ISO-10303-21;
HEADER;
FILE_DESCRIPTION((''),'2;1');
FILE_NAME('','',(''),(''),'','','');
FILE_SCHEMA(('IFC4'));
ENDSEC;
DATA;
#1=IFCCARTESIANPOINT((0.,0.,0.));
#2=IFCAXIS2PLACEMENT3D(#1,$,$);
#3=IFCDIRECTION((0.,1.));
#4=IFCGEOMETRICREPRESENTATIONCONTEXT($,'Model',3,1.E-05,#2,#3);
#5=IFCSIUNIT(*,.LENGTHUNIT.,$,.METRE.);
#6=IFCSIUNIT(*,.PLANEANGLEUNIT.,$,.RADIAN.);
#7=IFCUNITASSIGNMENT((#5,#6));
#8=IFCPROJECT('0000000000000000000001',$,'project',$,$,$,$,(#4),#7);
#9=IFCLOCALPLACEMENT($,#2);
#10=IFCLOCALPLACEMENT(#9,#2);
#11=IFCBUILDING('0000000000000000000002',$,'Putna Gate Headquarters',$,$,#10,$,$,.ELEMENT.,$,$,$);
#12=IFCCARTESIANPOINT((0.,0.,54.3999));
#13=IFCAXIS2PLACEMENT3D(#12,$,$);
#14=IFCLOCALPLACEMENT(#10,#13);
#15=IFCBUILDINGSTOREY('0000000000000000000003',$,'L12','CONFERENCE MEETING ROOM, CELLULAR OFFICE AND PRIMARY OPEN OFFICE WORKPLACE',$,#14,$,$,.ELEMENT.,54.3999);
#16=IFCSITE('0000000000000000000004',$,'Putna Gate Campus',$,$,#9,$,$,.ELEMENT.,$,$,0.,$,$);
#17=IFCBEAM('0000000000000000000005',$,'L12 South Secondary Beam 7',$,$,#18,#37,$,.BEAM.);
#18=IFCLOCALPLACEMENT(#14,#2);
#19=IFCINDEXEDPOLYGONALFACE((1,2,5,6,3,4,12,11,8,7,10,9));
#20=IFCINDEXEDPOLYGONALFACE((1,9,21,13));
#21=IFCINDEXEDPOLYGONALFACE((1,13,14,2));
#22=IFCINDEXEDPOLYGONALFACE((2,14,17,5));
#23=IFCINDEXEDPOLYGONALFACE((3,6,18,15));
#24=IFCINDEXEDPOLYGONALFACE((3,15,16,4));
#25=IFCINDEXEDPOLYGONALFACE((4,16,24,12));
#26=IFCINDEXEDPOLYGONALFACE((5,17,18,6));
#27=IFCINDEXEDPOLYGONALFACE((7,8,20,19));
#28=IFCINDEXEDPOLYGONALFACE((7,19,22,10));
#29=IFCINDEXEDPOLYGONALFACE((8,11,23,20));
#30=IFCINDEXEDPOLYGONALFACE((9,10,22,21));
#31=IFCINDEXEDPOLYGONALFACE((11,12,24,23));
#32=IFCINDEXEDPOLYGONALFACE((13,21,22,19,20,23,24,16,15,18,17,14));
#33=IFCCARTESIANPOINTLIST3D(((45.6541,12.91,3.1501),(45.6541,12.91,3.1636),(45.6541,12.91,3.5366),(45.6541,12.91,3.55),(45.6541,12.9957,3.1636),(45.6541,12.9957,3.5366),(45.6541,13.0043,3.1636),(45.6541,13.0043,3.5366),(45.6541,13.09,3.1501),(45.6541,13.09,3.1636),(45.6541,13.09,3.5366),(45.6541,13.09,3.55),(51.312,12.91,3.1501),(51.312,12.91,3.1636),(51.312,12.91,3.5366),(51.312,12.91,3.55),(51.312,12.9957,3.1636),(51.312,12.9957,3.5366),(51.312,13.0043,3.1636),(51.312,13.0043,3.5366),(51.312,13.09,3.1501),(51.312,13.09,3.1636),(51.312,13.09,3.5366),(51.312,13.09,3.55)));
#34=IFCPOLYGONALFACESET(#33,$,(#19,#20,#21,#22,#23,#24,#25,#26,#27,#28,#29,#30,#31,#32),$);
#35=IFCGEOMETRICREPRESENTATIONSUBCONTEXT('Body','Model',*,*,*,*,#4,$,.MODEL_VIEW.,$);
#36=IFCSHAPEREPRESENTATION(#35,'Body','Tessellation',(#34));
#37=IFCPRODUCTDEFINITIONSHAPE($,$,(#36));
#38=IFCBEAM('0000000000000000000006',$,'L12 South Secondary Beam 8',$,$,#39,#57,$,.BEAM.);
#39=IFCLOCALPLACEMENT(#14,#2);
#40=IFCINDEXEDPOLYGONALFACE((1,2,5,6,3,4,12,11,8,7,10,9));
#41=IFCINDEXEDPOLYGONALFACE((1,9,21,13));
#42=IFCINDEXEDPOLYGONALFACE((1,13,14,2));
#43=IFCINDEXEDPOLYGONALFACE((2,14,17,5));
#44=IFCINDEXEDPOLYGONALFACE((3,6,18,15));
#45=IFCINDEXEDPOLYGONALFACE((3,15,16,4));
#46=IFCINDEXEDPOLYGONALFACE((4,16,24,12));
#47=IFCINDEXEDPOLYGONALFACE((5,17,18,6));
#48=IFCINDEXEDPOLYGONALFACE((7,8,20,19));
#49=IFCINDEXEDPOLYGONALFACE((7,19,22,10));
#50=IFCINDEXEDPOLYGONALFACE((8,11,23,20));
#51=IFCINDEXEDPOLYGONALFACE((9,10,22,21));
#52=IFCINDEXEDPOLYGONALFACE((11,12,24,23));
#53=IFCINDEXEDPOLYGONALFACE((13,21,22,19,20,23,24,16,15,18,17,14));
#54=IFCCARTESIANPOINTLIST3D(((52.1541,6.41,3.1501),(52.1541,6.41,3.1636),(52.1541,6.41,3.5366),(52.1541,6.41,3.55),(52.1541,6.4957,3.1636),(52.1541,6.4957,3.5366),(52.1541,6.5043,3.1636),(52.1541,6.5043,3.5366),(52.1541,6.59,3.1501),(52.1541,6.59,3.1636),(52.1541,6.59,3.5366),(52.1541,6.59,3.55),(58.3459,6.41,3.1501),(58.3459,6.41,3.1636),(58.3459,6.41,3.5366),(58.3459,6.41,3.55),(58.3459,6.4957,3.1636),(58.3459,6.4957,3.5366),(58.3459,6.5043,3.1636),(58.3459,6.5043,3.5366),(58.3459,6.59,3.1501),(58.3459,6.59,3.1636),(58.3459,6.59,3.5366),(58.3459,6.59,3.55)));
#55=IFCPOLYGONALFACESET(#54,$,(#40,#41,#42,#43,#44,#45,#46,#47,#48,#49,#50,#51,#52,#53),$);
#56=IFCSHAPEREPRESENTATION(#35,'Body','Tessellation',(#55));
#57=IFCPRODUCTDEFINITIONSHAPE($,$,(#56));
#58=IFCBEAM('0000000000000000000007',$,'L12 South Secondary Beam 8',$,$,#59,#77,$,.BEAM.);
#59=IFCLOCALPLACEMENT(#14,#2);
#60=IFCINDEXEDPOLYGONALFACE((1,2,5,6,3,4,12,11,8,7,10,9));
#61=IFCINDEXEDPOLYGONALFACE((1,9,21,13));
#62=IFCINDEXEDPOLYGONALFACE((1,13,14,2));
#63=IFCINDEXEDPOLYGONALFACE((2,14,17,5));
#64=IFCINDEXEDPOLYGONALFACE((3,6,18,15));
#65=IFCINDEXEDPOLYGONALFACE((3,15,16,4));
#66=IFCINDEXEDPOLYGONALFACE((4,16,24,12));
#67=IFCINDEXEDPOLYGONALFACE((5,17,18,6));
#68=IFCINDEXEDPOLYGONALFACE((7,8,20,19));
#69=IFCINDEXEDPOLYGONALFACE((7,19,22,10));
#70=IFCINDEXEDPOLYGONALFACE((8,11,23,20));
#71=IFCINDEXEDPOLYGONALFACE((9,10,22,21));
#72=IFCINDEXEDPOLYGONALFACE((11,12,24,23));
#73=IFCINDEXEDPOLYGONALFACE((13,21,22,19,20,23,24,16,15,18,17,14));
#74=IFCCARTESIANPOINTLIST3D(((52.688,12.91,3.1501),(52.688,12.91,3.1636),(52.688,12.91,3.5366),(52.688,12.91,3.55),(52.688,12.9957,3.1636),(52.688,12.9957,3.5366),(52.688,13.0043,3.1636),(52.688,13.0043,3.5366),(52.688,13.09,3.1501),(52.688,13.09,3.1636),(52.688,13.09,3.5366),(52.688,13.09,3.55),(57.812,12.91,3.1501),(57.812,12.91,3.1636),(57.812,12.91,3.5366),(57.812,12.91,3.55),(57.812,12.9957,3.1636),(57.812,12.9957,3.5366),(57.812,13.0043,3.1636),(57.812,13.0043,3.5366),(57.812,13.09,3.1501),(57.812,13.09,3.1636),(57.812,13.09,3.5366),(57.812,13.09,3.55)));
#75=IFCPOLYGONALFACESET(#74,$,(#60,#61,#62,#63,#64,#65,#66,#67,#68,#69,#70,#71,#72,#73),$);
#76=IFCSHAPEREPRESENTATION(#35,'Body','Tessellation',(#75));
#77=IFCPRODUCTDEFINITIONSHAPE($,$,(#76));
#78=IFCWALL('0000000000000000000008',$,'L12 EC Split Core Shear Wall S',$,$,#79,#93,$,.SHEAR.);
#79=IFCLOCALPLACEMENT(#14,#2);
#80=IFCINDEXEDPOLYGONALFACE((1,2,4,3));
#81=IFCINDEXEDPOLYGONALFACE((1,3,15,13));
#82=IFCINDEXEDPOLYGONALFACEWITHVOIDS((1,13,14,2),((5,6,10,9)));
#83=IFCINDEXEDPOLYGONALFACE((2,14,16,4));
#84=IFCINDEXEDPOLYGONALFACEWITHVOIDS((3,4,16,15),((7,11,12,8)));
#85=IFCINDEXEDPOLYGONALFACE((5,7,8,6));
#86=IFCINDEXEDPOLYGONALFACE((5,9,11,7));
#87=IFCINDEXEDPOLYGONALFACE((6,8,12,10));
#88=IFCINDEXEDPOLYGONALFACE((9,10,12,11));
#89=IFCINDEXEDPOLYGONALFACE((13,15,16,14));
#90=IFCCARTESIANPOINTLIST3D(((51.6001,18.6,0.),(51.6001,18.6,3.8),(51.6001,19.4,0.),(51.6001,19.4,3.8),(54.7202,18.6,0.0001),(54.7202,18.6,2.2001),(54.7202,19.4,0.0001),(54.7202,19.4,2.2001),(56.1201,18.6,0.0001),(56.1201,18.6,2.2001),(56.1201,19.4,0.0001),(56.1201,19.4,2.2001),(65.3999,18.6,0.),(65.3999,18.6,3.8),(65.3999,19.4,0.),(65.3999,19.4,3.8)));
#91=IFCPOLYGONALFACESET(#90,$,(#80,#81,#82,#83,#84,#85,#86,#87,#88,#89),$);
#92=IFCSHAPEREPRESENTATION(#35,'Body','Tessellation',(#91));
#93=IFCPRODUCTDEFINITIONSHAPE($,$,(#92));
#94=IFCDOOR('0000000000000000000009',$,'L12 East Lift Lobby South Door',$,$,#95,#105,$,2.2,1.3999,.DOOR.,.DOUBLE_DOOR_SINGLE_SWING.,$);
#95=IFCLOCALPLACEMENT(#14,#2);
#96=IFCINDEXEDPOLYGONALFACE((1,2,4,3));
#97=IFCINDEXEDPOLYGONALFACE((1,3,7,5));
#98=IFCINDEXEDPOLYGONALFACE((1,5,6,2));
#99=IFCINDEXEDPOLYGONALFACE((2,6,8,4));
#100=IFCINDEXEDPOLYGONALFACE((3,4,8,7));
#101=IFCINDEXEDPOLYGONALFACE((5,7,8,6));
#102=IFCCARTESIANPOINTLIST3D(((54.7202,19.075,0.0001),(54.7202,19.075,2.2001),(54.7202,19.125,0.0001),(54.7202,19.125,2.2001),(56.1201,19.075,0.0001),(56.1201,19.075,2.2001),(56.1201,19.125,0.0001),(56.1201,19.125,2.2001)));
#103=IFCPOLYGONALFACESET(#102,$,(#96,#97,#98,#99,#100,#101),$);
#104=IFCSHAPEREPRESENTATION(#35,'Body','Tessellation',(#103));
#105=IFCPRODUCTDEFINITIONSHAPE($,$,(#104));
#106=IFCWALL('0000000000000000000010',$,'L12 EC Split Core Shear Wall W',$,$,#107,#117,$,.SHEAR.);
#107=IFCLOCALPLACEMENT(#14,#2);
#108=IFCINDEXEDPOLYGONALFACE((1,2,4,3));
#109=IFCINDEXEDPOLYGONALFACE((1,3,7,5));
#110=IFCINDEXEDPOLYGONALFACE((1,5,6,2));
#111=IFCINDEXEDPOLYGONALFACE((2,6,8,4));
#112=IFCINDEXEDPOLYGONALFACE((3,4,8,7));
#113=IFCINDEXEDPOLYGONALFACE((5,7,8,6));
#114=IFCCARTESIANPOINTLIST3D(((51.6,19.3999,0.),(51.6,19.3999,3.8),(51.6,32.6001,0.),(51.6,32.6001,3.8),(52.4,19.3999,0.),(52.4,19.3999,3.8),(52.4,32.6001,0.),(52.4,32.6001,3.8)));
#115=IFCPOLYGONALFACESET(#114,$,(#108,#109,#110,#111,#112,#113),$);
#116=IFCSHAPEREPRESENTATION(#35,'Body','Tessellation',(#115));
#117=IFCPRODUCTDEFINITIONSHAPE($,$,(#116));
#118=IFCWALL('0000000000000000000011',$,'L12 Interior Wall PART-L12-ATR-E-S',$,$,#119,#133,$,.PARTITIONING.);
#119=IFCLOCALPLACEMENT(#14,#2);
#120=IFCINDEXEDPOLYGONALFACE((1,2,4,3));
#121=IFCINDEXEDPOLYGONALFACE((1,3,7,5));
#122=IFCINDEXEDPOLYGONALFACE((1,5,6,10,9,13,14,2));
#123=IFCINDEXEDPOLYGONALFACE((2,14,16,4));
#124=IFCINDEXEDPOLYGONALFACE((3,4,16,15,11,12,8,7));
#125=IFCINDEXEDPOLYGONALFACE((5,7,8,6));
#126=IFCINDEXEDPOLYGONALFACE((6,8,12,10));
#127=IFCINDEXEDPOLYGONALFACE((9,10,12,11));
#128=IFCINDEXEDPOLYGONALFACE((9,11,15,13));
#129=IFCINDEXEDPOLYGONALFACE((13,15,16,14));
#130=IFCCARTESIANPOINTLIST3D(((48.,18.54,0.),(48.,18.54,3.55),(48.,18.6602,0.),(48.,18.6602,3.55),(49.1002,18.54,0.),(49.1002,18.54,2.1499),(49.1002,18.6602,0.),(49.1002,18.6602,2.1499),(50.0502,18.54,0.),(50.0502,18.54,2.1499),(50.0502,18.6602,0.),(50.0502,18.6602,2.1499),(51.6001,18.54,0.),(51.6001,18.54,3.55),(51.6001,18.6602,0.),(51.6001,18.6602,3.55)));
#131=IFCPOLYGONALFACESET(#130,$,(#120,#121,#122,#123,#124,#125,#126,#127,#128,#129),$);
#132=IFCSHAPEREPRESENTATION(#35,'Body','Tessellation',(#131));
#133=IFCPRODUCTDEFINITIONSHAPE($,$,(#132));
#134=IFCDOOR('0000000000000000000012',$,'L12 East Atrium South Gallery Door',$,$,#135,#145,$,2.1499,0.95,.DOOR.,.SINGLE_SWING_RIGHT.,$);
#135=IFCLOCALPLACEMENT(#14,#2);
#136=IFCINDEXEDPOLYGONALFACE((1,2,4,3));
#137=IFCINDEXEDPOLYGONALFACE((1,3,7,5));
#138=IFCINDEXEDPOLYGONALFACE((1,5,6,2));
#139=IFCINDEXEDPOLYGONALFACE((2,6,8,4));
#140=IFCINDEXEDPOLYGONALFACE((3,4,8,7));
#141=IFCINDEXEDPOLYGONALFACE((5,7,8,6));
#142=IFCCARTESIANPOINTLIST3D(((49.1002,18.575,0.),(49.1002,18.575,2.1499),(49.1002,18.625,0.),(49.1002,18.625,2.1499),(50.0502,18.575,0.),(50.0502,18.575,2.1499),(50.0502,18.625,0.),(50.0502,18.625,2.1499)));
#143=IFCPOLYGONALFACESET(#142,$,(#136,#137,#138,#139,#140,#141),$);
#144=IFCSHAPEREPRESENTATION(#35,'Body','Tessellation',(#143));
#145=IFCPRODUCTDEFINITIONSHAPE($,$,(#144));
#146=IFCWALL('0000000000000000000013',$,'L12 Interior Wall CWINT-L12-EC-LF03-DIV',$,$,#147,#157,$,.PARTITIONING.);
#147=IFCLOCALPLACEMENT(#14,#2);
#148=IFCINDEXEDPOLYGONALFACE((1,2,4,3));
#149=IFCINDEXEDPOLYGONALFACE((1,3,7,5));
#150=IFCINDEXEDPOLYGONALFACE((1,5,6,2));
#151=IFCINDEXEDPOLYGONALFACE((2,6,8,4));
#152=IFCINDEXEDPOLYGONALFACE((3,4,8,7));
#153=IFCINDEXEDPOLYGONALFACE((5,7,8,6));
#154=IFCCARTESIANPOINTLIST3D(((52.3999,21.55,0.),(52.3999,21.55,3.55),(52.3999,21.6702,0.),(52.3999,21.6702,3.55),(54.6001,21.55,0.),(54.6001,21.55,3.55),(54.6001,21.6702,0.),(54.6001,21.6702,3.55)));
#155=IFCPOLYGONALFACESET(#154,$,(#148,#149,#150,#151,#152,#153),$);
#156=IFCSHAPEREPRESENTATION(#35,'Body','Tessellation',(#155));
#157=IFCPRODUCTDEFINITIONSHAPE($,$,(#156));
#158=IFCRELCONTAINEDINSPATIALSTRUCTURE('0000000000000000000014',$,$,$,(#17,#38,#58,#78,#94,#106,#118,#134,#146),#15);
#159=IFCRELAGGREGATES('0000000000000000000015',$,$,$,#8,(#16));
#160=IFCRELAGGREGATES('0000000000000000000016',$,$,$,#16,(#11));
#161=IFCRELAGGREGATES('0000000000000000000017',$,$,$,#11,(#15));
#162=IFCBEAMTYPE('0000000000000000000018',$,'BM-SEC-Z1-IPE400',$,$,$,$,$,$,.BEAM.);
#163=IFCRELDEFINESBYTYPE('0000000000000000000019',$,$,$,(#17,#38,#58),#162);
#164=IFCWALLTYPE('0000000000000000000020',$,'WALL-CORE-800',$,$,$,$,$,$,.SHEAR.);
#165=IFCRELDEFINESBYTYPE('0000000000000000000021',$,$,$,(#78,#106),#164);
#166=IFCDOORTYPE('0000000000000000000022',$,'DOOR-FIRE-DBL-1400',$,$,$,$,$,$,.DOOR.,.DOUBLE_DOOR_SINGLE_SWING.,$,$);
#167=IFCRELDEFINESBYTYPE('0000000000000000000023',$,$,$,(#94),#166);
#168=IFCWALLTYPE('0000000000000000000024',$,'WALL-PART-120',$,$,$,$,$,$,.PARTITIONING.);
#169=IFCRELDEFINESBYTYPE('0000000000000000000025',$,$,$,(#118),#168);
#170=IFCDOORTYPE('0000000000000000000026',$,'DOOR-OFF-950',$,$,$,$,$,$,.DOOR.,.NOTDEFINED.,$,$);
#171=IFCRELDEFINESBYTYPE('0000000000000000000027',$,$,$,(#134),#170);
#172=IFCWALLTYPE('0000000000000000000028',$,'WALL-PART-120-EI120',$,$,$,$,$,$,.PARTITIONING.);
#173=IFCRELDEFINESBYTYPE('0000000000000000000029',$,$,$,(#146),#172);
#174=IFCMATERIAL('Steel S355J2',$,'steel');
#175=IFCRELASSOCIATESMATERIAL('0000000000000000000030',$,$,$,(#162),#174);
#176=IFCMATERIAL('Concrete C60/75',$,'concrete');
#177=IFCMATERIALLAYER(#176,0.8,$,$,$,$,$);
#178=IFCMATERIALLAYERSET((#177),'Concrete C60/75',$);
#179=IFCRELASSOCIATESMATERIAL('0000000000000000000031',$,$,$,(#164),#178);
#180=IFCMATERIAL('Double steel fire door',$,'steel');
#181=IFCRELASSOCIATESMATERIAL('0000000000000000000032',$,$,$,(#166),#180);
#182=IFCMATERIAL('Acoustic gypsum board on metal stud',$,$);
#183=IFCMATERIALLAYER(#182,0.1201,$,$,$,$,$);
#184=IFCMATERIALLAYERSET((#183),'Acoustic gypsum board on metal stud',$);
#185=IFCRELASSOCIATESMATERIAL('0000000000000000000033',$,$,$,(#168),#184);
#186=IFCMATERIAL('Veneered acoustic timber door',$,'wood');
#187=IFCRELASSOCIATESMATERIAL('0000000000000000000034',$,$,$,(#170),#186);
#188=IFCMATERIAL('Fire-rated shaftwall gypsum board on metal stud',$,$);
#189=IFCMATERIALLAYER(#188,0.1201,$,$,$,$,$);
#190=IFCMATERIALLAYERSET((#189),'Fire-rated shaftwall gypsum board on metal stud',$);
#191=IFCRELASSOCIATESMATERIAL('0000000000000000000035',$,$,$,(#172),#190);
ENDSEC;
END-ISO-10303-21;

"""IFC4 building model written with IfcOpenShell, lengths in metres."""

from ifc_helpers import new_model, si_unit, direction, frame, frame_2d, origin, origin_2d, place, context, subcontext, project, spatial, rectangle, i_section, extrude, material, layer, layer_set, material_profile, profile_set, type_object, element, fill, save


model = new_model("IFC4")

# Units and contexts
model_context = context("Model", 3, precision=1e-05, world=origin(), true_north=direction((0.0, 1.0)))
body_context = subcontext(model_context, "Body", "Model", "MODEL_VIEW")
ifc_project = project(units=[si_unit("LENGTHUNIT", "METRE"), si_unit("PLANEANGLEUNIT", "RADIAN")], contexts=[model_context])

# Site, building, storey
site_placement = place(None, origin())
site = spatial("IfcSite", under=ifc_project, at=site_placement, Name="Putna Gate Campus", CompositionType="ELEMENT", RefElevation=0.0)
building_placement = place(site_placement, origin())
building = spatial("IfcBuilding", under=site, at=building_placement, Name="Putna Gate Headquarters", CompositionType="ELEMENT")
storey_placement = place(building_placement, frame((0.0, 0.0, 54.3999)))
storey = spatial("IfcBuildingStorey", under=building, at=storey_placement, Name="L12", Description="CONFERENCE MEETING ROOM, CELLULAR OFFICE AND PRIMARY OPEN OFFICE WORKPLACE", CompositionType="ELEMENT", Elevation=54.3999)

# Shared definitions
ifc_material_1 = material(Name="Concrete C60/75", Category="concrete")

# Beams
ifc_material_2 = material(Name="Steel S355J2", Category="steel")
ifc_material_profile_1 = material_profile(ifc_material_2, i_section(OverallWidth=0.1799, OverallDepth=0.3999, WebThickness=0.0085, FlangeThickness=0.0134, at=origin_2d()), Name="Steel S355J2")
ifc_profile_set_1 = profile_set([ifc_material_profile_1], Name="Steel S355J2")
beam_type_1 = type_object("IfcBeamType", Name="BM-SEC-Z1-IPE400", PredefinedType="BEAM", material=ifc_profile_set_1)
beam_1_placement = place(storey_placement, frame((45.6541, 13.0, 3.3501), z_axis=(1.0, 0.0, 0.0), x_axis=(0.0, 1.0, 0.0)))
element("IfcBeam", 1, at=beam_1_placement, inside=storey, type_object=beam_type_1, Name="L12 South Secondary Beam 7", PredefinedType="BEAM", context=body_context, shape_type="SweptSolid", body=[
    extrude(i_section(OverallWidth=0.1799, OverallDepth=0.3999, WebThickness=0.0085, FlangeThickness=0.0134, at=origin_2d()), origin(), (0.0, 0.0, 1.0), 5.658),
])
beam_2_placement = place(storey_placement, frame((52.1541, 6.5, 3.3501), z_axis=(1.0, 0.0, 0.0), x_axis=(0.0, 1.0, 0.0)))
element("IfcBeam", 2, at=beam_2_placement, inside=storey, type_object=beam_type_1, Name="L12 South Secondary Beam 8", PredefinedType="BEAM", context=body_context, shape_type="SweptSolid", body=[
    extrude(i_section(OverallWidth=0.1799, OverallDepth=0.3999, WebThickness=0.0085, FlangeThickness=0.0134, at=origin_2d()), origin(), (0.0, 0.0, 1.0), 6.1919),
])
beam_3_placement = place(storey_placement, frame((52.688, 13.0, 3.3501), z_axis=(1.0, 0.0, 0.0), x_axis=(0.0, 1.0, 0.0)))
element("IfcBeam", 3, at=beam_3_placement, inside=storey, type_object=beam_type_1, Name="L12 South Secondary Beam 8", PredefinedType="BEAM", context=body_context, shape_type="SweptSolid", body=[
    extrude(i_section(OverallWidth=0.1799, OverallDepth=0.3999, WebThickness=0.0085, FlangeThickness=0.0134, at=origin_2d()), origin(), (0.0, 0.0, 1.0), 5.124),
])

# Wall, opening, door
ifc_layer_1 = layer(ifc_material_1, 0.8)
ifc_layer_set_1 = layer_set([ifc_layer_1], Name="Concrete C60/75")
wall_type_1 = type_object("IfcWallType", Name="WALL-CORE-800", PredefinedType="SHEAR", material=ifc_layer_set_1)
wall_1_placement = place(storey_placement, frame((51.6001, 19.0, 0.0), z_axis=(0.0, 0.0, 1.0), x_axis=(1.0, 0.0, 0.0)))
wall_1 = element("IfcWall", 4, at=wall_1_placement, inside=storey, type_object=wall_type_1, Name="L12 EC Split Core Shear Wall S", PredefinedType="SHEAR", context=body_context, shape_type="SweptSolid", body=[
    extrude(rectangle(XDim=13.7998, YDim=0.8, at=frame_2d((6.8999, 0.0))), origin(), (0.0, 0.0, 1.0), 3.8),
])
opening_1_placement = place(wall_1_placement, frame((3.1201, 0.0, 0.0)))
opening_1 = element("IfcOpeningElement", 5, at=opening_1_placement, cuts=wall_1, PredefinedType="OPENING", context=body_context, shape_type="SweptSolid", body=[
    extrude(rectangle(XDim=1.3999, YDim=2.2, at=frame_2d((0.7, 1.1001))), frame((0.0, 0.4099, 0.0), z_axis=(0.0, -1.0, 0.0), x_axis=(1.0, 0.0, 0.0)), (0.0, 0.0, 1.0), 0.8201),
])
ifc_material_3 = material(Name="Double steel fire door", Category="steel")
door_type_1 = type_object("IfcDoorType", Name="DOOR-FIRE-DBL-1400", OperationType="DOUBLE_DOOR_SINGLE_SWING", PredefinedType="DOOR", material=ifc_material_3)
door_1_placement = place(opening_1_placement, origin())
door_1 = element("IfcDoor", 6, at=door_1_placement, inside=storey, type_object=door_type_1, Name="L12 East Lift Lobby South Door", OperationType="DOUBLE_DOOR_SINGLE_SWING", OverallHeight=2.2, OverallWidth=1.3999, PredefinedType="DOOR", context=body_context, shape_type="SweptSolid", body=[
    extrude(rectangle(XDim=1.3999, YDim=2.2, at=frame_2d((0.7, 1.1001))), frame((0.0, 0.125, 0.0), z_axis=(0.0, -1.0, 0.0), x_axis=(1.0, 0.0, 0.0)), (0.0, 0.0, 1.0), 0.05),
])
fill(opening_1, door_1)

# Wall
wall_2_placement = place(storey_placement, frame((52.0, 19.3999, 0.0), z_axis=(0.0, 0.0, 1.0), x_axis=(0.0, 1.0, 0.0)))
element("IfcWall", 7, at=wall_2_placement, inside=storey, type_object=wall_type_1, Name="L12 EC Split Core Shear Wall W", PredefinedType="SHEAR", context=body_context, shape_type="SweptSolid", body=[
    extrude(rectangle(XDim=13.2002, YDim=0.8, at=frame_2d((6.6001, 0.0))), origin(), (0.0, 0.0, 1.0), 3.8),
])

# Wall, opening, door
ifc_material_4 = material(Name="Acoustic gypsum board on metal stud")
ifc_layer_2 = layer(ifc_material_4, 0.1201)
ifc_layer_set_2 = layer_set([ifc_layer_2], Name="Acoustic gypsum board on metal stud")
wall_type_2 = type_object("IfcWallType", Name="WALL-PART-120", PredefinedType="PARTITIONING", material=ifc_layer_set_2)
wall_3_placement = place(storey_placement, frame((48.0, 18.6001, 0.0), z_axis=(0.0, 0.0, 1.0), x_axis=(1.0, 0.0, 0.0)))
wall_3 = element("IfcWall", 8, at=wall_3_placement, inside=storey, type_object=wall_type_2, Name="L12 Interior Wall PART-L12-ATR-E-S", PredefinedType="PARTITIONING", context=body_context, shape_type="SweptSolid", body=[
    extrude(rectangle(XDim=3.6001, YDim=0.1201, at=frame_2d((1.8, 0.0))), origin(), (0.0, 0.0, 1.0), 3.55),
])
opening_2_placement = place(wall_3_placement, frame((1.1001, 0.0, 0.0)))
opening_2 = element("IfcOpeningElement", 9, at=opening_2_placement, cuts=wall_3, PredefinedType="OPENING", context=body_context, shape_type="SweptSolid", body=[
    extrude(rectangle(XDim=0.95, YDim=2.1499, at=frame_2d((0.4751, 1.075))), frame((0.0, 0.0701, 0.0), z_axis=(0.0, -1.0, 0.0), x_axis=(1.0, 0.0, 0.0)), (0.0, 0.0, 1.0), 0.1401),
])
ifc_material_5 = material(Name="Veneered acoustic timber door", Category="wood")
door_type_2 = type_object("IfcDoorType", Name="DOOR-OFF-950", OperationType="NOTDEFINED", PredefinedType="DOOR", material=ifc_material_5)
door_2_placement = place(opening_2_placement, origin())
door_2 = element("IfcDoor", 10, at=door_2_placement, inside=storey, type_object=door_type_2, Name="L12 East Atrium South Gallery Door", OperationType="SINGLE_SWING_RIGHT", OverallHeight=2.1499, OverallWidth=0.95, PredefinedType="DOOR", context=body_context, shape_type="SweptSolid", body=[
    extrude(rectangle(XDim=0.95, YDim=2.1499, at=frame_2d((0.4751, 1.075))), frame((0.0, 0.0249, 0.0), z_axis=(0.0, -1.0, 0.0), x_axis=(1.0, 0.0, 0.0)), (0.0, 0.0, 1.0), 0.05),
])
fill(opening_2, door_2)

# Wall
ifc_material_6 = material(Name="Fire-rated shaftwall gypsum board on metal stud")
ifc_layer_3 = layer(ifc_material_6, 0.1201)
ifc_layer_set_3 = layer_set([ifc_layer_3], Name="Fire-rated shaftwall gypsum board on metal stud")
wall_type_3 = type_object("IfcWallType", Name="WALL-PART-120-EI120", PredefinedType="PARTITIONING", material=ifc_layer_set_3)
wall_4_placement = place(storey_placement, frame((52.3999, 21.6101, 0.0), z_axis=(0.0, 0.0, 1.0), x_axis=(1.0, 0.0, 0.0)))
element("IfcWall", 11, at=wall_4_placement, inside=storey, type_object=wall_type_3, Name="L12 Interior Wall CWINT-L12-EC-LF03-DIV", PredefinedType="PARTITIONING", context=body_context, shape_type="SweptSolid", body=[
    extrude(rectangle(XDim=2.2002, YDim=0.1201, at=frame_2d((1.1001, 0.0))), origin(), (0.0, 0.0, 1.0), 3.55),
])

save(model, "model.ifc")
